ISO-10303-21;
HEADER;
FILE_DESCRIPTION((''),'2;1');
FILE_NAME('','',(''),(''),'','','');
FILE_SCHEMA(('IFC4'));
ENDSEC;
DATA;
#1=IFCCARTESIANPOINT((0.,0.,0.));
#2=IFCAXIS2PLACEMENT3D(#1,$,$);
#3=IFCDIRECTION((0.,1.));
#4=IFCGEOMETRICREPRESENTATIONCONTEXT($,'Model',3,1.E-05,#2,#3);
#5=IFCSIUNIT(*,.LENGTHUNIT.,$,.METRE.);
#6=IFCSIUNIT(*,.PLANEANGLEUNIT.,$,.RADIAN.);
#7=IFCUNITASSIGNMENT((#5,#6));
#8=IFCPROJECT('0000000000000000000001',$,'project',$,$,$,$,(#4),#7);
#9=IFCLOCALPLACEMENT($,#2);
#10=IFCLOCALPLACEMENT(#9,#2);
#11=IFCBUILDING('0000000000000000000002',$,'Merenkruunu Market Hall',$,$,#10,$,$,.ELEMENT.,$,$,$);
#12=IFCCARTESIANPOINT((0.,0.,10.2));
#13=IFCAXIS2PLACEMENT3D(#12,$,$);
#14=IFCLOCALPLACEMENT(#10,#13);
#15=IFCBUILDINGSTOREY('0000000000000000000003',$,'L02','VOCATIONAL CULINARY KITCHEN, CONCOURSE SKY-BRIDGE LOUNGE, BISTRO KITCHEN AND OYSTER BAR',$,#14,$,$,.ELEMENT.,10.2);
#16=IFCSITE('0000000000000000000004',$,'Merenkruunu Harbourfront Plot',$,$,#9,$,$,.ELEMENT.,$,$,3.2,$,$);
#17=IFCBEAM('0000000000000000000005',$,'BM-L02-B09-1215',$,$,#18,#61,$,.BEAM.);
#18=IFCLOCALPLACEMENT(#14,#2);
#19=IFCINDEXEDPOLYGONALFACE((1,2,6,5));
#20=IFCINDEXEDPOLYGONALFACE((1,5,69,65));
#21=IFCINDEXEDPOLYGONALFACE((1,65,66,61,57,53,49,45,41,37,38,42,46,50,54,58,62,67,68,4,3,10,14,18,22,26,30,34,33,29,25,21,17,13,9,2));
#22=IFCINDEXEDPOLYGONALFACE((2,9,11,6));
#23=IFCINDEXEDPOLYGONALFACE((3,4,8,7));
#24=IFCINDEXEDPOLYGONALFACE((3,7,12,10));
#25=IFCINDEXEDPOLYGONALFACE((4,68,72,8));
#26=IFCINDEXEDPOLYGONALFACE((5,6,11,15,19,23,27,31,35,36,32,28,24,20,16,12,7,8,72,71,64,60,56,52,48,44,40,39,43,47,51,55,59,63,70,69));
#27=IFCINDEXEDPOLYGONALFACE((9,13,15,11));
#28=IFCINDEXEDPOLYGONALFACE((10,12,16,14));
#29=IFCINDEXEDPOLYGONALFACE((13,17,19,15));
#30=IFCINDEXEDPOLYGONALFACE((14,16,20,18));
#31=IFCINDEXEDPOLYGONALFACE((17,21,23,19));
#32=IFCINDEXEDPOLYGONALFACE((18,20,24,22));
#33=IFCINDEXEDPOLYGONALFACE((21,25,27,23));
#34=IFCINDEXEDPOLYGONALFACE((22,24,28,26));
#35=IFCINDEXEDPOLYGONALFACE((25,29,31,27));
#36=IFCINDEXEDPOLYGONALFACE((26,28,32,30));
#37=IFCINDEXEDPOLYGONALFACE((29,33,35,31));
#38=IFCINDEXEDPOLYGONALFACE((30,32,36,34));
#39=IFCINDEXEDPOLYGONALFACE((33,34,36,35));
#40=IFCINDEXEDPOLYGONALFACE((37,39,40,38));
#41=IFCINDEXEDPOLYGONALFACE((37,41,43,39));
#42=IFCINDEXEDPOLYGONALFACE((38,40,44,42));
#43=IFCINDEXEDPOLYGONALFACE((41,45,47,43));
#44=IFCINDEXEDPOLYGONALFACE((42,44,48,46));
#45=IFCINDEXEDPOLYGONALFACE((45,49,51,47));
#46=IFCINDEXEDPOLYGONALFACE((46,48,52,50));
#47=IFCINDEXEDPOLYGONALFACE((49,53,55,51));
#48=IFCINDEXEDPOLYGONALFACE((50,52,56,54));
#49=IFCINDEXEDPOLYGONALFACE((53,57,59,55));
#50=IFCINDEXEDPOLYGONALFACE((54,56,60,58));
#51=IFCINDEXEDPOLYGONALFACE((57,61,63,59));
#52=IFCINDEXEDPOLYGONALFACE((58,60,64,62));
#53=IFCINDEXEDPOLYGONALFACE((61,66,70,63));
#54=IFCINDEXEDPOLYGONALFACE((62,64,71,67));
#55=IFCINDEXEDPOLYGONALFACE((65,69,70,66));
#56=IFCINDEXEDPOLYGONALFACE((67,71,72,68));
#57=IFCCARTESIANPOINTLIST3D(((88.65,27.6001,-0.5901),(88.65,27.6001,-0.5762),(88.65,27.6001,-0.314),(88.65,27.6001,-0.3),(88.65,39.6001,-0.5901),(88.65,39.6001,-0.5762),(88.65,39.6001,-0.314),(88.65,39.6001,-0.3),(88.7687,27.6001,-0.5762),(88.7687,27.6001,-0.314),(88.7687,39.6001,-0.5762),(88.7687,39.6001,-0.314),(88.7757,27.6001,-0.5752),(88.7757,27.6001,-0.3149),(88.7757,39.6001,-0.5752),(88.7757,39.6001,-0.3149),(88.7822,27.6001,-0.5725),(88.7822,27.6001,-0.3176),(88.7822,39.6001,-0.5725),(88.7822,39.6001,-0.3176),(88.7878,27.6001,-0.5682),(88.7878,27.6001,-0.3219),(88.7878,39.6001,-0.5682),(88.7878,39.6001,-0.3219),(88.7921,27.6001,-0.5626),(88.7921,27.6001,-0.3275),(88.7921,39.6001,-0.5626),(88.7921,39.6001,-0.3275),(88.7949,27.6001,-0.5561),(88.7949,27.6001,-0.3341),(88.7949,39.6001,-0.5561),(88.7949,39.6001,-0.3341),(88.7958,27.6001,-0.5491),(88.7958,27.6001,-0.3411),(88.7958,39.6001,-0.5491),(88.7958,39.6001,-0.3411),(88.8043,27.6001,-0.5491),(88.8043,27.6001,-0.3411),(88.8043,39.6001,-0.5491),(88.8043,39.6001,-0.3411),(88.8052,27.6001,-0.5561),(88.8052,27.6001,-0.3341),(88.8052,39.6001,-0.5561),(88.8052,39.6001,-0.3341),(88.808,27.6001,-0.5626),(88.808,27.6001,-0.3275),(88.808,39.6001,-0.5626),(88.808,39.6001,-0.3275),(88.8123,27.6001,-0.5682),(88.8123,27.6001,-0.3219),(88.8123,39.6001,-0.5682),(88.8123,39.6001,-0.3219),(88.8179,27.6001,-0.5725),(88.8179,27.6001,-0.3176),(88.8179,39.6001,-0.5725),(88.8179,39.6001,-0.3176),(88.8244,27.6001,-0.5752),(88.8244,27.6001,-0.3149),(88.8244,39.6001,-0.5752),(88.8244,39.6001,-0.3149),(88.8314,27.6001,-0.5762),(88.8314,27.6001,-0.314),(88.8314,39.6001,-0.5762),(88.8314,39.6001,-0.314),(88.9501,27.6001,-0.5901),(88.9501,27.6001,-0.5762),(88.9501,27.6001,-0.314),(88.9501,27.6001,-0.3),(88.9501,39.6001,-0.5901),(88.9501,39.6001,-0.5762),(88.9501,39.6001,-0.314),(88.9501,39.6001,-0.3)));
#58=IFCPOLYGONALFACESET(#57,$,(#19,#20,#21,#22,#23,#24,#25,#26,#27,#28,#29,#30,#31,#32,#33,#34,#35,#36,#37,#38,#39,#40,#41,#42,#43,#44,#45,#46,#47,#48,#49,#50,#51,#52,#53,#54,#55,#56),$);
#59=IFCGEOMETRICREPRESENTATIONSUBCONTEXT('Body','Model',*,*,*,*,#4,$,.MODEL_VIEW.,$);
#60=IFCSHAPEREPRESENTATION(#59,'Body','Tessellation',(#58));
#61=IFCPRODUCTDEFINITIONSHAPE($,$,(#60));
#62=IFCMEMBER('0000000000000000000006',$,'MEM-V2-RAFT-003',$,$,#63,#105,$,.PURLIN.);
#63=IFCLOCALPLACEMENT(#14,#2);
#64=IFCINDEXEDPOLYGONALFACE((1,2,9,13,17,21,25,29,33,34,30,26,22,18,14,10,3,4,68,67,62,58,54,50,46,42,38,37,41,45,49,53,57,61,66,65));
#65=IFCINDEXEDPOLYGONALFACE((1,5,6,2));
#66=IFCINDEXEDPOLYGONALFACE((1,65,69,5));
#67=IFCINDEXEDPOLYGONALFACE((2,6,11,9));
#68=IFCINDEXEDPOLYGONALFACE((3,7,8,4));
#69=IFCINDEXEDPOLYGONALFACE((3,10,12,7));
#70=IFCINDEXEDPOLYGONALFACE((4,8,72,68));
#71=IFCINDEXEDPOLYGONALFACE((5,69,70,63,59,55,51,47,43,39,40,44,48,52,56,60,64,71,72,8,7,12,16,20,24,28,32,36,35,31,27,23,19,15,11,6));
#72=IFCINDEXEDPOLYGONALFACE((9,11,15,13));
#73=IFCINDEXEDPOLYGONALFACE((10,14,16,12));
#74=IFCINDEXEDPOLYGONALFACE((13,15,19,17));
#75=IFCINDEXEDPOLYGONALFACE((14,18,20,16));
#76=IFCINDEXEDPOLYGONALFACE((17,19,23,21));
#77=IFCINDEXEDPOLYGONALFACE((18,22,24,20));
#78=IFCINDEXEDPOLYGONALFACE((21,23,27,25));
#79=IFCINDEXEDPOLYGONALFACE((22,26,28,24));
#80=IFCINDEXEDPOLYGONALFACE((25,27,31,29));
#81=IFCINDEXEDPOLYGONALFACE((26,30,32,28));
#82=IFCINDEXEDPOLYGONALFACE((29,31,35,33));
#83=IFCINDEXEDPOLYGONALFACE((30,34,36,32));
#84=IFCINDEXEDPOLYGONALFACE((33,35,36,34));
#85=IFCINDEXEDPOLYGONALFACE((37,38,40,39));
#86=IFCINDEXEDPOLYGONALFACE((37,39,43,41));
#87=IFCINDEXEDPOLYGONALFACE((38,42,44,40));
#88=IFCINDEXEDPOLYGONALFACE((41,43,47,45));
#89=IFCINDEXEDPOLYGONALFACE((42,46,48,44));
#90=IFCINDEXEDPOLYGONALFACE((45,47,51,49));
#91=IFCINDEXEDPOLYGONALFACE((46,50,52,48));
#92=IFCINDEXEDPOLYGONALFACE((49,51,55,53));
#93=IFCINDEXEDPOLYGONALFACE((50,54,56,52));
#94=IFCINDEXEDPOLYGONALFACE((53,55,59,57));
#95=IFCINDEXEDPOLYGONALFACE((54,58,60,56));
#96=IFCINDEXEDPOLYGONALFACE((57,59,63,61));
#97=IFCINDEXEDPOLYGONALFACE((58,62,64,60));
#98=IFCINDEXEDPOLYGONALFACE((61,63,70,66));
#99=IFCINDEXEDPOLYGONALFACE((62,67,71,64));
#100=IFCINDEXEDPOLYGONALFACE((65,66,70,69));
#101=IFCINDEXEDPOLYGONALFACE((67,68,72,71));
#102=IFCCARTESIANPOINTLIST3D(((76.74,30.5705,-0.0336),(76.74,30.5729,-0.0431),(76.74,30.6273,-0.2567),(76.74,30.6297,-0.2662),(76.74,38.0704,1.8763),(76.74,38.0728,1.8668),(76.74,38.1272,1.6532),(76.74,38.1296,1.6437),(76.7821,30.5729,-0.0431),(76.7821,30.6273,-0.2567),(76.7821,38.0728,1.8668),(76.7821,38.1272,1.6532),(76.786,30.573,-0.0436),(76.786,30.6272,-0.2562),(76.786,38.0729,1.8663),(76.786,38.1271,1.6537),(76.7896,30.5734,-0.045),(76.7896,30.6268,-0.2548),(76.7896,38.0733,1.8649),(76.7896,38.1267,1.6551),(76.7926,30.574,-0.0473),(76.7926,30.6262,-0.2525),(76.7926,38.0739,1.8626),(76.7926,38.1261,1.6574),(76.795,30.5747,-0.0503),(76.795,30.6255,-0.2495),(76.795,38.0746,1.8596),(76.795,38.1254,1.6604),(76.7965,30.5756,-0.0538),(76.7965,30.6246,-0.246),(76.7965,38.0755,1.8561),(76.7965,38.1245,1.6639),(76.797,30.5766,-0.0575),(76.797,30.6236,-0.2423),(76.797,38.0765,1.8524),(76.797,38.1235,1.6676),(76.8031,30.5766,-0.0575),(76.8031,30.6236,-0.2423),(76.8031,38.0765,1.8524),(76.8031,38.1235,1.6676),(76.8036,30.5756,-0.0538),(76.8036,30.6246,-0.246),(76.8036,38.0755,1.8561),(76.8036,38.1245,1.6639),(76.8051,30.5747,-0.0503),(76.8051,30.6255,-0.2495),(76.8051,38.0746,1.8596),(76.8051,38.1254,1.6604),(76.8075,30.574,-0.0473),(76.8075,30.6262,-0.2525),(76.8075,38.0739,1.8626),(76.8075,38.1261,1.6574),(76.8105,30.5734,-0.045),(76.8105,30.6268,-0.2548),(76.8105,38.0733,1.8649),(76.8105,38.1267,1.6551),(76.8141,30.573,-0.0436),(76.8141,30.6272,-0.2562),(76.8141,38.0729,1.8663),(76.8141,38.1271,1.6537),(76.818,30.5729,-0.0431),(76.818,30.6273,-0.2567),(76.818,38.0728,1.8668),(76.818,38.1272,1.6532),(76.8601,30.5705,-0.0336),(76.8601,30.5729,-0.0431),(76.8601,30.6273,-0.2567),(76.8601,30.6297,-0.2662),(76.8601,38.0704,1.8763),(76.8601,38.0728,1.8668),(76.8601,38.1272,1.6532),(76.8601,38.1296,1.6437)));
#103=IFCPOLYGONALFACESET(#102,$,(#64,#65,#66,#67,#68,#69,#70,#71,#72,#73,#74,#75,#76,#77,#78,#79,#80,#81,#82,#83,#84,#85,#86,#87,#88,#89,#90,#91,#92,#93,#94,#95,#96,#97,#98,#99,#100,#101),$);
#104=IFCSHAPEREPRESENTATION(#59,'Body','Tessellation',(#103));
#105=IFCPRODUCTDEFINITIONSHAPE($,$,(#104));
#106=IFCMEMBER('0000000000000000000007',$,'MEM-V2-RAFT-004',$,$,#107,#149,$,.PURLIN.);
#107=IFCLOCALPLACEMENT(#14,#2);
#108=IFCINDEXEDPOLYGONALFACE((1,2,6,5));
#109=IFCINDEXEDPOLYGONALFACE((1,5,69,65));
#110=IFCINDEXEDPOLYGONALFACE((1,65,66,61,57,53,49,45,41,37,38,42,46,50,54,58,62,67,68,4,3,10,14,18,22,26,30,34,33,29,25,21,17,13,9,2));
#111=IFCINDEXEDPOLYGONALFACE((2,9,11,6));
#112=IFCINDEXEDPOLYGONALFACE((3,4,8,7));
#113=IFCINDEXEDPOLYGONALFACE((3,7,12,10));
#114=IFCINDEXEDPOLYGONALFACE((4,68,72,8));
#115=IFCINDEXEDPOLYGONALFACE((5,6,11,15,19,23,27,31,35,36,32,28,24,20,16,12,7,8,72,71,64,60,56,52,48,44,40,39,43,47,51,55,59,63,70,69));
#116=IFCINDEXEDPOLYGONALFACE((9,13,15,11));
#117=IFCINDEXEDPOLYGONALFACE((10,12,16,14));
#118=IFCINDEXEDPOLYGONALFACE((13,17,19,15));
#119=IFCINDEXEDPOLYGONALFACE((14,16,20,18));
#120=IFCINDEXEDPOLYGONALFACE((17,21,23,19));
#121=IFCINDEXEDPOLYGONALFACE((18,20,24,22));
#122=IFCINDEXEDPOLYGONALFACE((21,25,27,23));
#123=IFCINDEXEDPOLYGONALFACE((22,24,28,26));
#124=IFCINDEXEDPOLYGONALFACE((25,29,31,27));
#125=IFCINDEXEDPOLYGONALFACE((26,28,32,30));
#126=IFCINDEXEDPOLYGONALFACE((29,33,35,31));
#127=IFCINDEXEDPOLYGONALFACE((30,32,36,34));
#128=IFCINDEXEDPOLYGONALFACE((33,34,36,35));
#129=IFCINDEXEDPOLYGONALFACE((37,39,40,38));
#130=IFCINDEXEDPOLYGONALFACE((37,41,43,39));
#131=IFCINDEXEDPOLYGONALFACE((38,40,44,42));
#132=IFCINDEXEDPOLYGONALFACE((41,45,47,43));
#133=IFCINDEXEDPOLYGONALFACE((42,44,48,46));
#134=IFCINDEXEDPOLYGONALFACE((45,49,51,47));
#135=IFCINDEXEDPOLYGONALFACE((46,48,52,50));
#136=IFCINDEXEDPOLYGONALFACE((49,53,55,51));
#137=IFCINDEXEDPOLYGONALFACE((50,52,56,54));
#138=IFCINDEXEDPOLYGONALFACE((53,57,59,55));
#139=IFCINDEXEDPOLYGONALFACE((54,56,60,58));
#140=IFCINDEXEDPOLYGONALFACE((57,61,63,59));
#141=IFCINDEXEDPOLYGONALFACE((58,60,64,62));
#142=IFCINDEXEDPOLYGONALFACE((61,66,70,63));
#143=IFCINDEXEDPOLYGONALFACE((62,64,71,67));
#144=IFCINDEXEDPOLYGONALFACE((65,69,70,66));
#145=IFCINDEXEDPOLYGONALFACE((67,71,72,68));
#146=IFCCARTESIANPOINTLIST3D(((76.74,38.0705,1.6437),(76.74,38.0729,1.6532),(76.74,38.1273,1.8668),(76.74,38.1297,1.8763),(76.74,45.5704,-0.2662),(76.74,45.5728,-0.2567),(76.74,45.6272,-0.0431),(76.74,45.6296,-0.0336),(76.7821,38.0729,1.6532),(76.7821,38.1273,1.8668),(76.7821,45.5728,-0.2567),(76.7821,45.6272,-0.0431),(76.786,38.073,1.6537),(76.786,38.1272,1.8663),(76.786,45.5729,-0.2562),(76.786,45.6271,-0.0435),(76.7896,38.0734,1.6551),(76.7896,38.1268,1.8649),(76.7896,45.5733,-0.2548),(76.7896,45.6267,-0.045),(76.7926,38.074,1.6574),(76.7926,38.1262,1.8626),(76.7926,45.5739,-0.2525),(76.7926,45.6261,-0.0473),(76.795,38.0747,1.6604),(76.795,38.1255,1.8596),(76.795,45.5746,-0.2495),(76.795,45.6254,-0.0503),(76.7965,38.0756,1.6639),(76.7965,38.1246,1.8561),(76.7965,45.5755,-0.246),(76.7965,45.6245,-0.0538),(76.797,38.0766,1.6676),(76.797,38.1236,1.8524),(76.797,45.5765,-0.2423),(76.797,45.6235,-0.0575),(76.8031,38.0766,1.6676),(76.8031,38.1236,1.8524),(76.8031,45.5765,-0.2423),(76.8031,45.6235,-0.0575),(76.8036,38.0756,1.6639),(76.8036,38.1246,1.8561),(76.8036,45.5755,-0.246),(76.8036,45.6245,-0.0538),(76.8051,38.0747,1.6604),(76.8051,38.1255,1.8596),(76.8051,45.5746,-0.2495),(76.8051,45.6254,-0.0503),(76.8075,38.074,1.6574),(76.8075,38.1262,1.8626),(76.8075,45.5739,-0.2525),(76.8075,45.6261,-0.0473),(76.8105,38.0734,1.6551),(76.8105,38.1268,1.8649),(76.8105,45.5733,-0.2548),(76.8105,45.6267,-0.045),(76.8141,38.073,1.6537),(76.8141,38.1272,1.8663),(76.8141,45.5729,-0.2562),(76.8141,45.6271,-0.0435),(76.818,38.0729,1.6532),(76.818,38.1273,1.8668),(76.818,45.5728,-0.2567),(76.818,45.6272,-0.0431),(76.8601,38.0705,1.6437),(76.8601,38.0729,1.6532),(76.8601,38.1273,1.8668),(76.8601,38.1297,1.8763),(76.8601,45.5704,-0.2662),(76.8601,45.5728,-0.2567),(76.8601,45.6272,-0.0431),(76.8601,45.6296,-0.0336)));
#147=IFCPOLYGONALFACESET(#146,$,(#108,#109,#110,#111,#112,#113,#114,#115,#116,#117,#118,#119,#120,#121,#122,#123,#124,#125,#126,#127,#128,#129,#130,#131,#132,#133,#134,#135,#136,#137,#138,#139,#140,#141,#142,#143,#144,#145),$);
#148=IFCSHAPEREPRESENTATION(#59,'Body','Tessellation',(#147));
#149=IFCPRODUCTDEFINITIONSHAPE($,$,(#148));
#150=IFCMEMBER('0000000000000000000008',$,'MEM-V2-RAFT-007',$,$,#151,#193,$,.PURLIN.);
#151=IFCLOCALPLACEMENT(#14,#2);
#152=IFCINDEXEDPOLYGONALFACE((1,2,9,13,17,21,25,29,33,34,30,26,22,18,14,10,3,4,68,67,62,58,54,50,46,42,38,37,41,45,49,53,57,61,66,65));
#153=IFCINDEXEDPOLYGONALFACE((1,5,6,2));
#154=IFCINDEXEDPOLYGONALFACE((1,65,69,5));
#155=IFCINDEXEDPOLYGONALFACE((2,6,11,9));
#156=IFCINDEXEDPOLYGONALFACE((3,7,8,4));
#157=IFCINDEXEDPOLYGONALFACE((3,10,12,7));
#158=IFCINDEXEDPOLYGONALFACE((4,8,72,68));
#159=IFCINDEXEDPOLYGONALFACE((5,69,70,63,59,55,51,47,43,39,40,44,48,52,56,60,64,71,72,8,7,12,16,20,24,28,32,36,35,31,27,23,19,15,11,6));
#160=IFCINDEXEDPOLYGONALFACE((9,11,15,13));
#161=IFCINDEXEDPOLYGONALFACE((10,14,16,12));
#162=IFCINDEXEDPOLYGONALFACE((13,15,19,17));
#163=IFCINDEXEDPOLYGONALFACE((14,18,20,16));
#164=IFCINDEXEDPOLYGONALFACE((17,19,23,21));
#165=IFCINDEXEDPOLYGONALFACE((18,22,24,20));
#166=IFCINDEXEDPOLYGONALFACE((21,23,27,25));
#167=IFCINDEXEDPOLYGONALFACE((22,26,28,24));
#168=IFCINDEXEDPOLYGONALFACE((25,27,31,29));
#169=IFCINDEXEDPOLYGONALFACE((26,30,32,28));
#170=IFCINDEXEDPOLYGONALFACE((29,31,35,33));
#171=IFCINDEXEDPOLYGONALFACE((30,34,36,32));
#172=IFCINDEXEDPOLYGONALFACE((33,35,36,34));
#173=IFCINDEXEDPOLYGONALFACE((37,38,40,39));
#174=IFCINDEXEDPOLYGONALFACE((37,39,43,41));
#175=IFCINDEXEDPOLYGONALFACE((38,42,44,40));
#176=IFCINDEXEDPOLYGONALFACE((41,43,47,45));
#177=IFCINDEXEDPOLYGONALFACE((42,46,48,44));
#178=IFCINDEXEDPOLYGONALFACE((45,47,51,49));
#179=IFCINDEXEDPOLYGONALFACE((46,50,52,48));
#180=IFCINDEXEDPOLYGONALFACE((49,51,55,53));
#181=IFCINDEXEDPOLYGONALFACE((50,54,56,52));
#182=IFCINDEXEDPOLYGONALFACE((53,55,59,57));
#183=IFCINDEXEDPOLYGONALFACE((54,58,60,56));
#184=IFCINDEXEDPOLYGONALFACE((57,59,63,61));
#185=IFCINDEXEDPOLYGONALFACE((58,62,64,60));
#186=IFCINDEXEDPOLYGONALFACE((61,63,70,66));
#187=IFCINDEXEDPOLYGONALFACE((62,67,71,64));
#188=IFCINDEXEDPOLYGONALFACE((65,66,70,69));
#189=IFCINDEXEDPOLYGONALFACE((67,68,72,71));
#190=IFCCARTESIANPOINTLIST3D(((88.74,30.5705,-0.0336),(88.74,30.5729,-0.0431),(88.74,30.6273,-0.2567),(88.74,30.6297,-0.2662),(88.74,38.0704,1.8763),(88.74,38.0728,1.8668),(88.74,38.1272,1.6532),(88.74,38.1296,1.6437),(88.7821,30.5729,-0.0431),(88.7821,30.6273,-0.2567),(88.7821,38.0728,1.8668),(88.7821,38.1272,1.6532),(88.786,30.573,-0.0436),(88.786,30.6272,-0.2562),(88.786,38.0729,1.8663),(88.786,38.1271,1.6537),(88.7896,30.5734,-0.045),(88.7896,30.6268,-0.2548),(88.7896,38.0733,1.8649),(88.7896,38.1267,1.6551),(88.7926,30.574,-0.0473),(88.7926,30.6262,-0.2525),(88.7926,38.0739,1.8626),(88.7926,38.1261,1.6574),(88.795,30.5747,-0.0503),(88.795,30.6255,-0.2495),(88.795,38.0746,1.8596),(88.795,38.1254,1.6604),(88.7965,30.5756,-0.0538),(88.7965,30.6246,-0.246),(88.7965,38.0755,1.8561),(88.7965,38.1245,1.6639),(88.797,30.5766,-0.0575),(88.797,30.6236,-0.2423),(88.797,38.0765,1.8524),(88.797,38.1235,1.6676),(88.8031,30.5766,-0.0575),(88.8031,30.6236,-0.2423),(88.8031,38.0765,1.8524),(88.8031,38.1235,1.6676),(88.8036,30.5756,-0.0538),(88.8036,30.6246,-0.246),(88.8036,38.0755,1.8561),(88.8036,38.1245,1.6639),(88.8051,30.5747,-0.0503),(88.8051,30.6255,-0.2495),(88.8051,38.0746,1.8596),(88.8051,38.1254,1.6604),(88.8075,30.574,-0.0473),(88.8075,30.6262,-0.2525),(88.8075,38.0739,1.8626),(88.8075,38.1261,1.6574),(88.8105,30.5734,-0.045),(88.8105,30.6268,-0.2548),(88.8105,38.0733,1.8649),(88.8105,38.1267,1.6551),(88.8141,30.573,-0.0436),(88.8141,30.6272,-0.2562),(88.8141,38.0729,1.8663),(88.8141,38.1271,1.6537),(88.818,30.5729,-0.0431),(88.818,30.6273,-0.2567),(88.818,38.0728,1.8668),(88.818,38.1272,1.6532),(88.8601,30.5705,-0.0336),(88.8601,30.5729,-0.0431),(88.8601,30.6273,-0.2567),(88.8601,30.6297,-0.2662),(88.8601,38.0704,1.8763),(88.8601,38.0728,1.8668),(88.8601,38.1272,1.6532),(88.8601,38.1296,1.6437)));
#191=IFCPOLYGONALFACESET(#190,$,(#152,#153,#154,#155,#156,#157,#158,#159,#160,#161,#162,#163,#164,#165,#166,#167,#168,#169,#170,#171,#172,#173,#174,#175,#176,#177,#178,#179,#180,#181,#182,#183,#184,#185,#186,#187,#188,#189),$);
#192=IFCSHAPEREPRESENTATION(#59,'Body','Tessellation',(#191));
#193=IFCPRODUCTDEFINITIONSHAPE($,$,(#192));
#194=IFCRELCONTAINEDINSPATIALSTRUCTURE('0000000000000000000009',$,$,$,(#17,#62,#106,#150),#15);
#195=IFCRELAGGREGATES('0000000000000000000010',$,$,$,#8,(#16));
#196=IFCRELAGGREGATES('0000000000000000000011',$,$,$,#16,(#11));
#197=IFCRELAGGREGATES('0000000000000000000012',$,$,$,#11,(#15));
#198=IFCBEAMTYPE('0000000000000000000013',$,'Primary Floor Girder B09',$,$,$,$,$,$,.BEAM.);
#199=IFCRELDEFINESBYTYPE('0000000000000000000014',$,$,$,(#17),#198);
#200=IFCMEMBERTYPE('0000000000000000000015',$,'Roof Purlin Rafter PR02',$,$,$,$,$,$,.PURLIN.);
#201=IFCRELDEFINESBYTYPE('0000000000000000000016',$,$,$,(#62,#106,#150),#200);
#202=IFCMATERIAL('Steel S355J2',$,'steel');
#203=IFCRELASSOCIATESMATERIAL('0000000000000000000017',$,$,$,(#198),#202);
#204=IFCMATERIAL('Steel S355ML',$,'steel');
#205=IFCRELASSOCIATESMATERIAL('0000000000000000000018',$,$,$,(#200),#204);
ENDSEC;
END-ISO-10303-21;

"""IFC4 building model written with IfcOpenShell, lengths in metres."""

from ifc_helpers import new_model, si_unit, direction, frame, origin, origin_2d, place, context, subcontext, project, spatial, i_section, extrude, material, material_profile, profile_set, type_object, element, save


model = new_model("IFC4")

# Units and contexts
model_context = context("Model", 3, precision=1e-05, world=origin(), true_north=direction((0.0, 1.0)))
body_context = subcontext(model_context, "Body", "Model", "MODEL_VIEW")
ifc_project = project(units=[si_unit("LENGTHUNIT", "METRE"), si_unit("PLANEANGLEUNIT", "RADIAN")], contexts=[model_context])

# Site, building, storey
site_placement = place(None, origin())
site = spatial("IfcSite", under=ifc_project, at=site_placement, Name="Merenkruunu Harbourfront Plot", CompositionType="ELEMENT", RefElevation=3.2)
building_placement = place(site_placement, origin())
building = spatial("IfcBuilding", under=site, at=building_placement, Name="Merenkruunu Market Hall", CompositionType="ELEMENT")
storey_placement = place(building_placement, frame((0.0, 0.0, 10.2)))
storey = spatial("IfcBuildingStorey", under=building, at=storey_placement, Name="L02", Description="VOCATIONAL CULINARY KITCHEN, CONCOURSE SKY-BRIDGE LOUNGE, BISTRO KITCHEN AND OYSTER BAR", CompositionType="ELEMENT", Elevation=10.2)

# Shared definitions
ifc_material_1 = material(Name="Steel S355ML", Category="steel")

# Beam
ifc_material_2 = material(Name="Steel S355J2", Category="steel")
ifc_material_profile_1 = material_profile(ifc_material_2, i_section(OverallWidth=0.3, OverallDepth=0.29, WebThickness=0.0085, FlangeThickness=0.0139, FilletRadius=0.0271, at=origin_2d()), Name="HEA 300")
ifc_profile_set_1 = profile_set([ifc_material_profile_1], Name="Steel S355J2")
beam_type_1 = type_object("IfcBeamType", Name="Primary Floor Girder B09", PredefinedType="BEAM", material=ifc_profile_set_1)
for number, where, z_axis, x_axis, name in (
    (1, (88.8, 27.6001, -0.4451), (0.0, 1.0, 0.0), (-1.0, 0.0, 0.0), "BM-L02-B09-1215"),
):
    element("IfcBeam", number, at=place(storey_placement, frame(where, z_axis=z_axis, x_axis=x_axis)), inside=storey, type_object=beam_type_1, Name=name, PredefinedType="BEAM", context=body_context, shape_type="SweptSolid", body=[
        extrude(i_section(OverallWidth=0.3, OverallDepth=0.29, WebThickness=0.0085, FlangeThickness=0.0139, FilletRadius=0.0271, at=origin_2d()), origin(), (0.0, 0.0, 1.0), 12.0),
    ])

# Members
ifc_material_profile_2 = material_profile(ifc_material_1, i_section(OverallWidth=0.1201, OverallDepth=0.24, WebThickness=0.0061, FlangeThickness=0.0098, FilletRadius=0.0149, at=origin_2d()), Name="IPE 240")
ifc_profile_set_2 = profile_set([ifc_material_profile_2], Name="Steel S355ML")
member_type = type_object("IfcMemberType", Name="Roof Purlin Rafter PR02", PredefinedType="PURLIN", material=ifc_profile_set_2)
for number, where, z_axis, x_axis, name in (
    (2, (76.8, 30.6001, -0.1499), (0.0, 0.969072, 0.246779), (-1.0, 0.0, 0.0), "MEM-V2-RAFT-003"),
    (3, (76.8, 38.1001, 1.76), (0.0, 0.969072, -0.246779), (-1.0, 0.0, 0.0), "MEM-V2-RAFT-004"),
    (4, (88.8, 30.6001, -0.1499), (0.0, 0.969072, 0.246779), (-1.0, 0.0, 0.0), "MEM-V2-RAFT-007"),
):
    element("IfcMember", number, at=place(storey_placement, frame(where, z_axis=z_axis, x_axis=x_axis)), inside=storey, type_object=member_type, Name=name, PredefinedType="PURLIN", context=body_context, shape_type="SweptSolid", body=[
        extrude(i_section(OverallWidth=0.1201, OverallDepth=0.24, WebThickness=0.0061, FlangeThickness=0.0098, FilletRadius=0.0149, at=origin_2d()), origin(), (0.0, 0.0, 1.0), 7.7393),
    ])

save(model, "model.ifc")
